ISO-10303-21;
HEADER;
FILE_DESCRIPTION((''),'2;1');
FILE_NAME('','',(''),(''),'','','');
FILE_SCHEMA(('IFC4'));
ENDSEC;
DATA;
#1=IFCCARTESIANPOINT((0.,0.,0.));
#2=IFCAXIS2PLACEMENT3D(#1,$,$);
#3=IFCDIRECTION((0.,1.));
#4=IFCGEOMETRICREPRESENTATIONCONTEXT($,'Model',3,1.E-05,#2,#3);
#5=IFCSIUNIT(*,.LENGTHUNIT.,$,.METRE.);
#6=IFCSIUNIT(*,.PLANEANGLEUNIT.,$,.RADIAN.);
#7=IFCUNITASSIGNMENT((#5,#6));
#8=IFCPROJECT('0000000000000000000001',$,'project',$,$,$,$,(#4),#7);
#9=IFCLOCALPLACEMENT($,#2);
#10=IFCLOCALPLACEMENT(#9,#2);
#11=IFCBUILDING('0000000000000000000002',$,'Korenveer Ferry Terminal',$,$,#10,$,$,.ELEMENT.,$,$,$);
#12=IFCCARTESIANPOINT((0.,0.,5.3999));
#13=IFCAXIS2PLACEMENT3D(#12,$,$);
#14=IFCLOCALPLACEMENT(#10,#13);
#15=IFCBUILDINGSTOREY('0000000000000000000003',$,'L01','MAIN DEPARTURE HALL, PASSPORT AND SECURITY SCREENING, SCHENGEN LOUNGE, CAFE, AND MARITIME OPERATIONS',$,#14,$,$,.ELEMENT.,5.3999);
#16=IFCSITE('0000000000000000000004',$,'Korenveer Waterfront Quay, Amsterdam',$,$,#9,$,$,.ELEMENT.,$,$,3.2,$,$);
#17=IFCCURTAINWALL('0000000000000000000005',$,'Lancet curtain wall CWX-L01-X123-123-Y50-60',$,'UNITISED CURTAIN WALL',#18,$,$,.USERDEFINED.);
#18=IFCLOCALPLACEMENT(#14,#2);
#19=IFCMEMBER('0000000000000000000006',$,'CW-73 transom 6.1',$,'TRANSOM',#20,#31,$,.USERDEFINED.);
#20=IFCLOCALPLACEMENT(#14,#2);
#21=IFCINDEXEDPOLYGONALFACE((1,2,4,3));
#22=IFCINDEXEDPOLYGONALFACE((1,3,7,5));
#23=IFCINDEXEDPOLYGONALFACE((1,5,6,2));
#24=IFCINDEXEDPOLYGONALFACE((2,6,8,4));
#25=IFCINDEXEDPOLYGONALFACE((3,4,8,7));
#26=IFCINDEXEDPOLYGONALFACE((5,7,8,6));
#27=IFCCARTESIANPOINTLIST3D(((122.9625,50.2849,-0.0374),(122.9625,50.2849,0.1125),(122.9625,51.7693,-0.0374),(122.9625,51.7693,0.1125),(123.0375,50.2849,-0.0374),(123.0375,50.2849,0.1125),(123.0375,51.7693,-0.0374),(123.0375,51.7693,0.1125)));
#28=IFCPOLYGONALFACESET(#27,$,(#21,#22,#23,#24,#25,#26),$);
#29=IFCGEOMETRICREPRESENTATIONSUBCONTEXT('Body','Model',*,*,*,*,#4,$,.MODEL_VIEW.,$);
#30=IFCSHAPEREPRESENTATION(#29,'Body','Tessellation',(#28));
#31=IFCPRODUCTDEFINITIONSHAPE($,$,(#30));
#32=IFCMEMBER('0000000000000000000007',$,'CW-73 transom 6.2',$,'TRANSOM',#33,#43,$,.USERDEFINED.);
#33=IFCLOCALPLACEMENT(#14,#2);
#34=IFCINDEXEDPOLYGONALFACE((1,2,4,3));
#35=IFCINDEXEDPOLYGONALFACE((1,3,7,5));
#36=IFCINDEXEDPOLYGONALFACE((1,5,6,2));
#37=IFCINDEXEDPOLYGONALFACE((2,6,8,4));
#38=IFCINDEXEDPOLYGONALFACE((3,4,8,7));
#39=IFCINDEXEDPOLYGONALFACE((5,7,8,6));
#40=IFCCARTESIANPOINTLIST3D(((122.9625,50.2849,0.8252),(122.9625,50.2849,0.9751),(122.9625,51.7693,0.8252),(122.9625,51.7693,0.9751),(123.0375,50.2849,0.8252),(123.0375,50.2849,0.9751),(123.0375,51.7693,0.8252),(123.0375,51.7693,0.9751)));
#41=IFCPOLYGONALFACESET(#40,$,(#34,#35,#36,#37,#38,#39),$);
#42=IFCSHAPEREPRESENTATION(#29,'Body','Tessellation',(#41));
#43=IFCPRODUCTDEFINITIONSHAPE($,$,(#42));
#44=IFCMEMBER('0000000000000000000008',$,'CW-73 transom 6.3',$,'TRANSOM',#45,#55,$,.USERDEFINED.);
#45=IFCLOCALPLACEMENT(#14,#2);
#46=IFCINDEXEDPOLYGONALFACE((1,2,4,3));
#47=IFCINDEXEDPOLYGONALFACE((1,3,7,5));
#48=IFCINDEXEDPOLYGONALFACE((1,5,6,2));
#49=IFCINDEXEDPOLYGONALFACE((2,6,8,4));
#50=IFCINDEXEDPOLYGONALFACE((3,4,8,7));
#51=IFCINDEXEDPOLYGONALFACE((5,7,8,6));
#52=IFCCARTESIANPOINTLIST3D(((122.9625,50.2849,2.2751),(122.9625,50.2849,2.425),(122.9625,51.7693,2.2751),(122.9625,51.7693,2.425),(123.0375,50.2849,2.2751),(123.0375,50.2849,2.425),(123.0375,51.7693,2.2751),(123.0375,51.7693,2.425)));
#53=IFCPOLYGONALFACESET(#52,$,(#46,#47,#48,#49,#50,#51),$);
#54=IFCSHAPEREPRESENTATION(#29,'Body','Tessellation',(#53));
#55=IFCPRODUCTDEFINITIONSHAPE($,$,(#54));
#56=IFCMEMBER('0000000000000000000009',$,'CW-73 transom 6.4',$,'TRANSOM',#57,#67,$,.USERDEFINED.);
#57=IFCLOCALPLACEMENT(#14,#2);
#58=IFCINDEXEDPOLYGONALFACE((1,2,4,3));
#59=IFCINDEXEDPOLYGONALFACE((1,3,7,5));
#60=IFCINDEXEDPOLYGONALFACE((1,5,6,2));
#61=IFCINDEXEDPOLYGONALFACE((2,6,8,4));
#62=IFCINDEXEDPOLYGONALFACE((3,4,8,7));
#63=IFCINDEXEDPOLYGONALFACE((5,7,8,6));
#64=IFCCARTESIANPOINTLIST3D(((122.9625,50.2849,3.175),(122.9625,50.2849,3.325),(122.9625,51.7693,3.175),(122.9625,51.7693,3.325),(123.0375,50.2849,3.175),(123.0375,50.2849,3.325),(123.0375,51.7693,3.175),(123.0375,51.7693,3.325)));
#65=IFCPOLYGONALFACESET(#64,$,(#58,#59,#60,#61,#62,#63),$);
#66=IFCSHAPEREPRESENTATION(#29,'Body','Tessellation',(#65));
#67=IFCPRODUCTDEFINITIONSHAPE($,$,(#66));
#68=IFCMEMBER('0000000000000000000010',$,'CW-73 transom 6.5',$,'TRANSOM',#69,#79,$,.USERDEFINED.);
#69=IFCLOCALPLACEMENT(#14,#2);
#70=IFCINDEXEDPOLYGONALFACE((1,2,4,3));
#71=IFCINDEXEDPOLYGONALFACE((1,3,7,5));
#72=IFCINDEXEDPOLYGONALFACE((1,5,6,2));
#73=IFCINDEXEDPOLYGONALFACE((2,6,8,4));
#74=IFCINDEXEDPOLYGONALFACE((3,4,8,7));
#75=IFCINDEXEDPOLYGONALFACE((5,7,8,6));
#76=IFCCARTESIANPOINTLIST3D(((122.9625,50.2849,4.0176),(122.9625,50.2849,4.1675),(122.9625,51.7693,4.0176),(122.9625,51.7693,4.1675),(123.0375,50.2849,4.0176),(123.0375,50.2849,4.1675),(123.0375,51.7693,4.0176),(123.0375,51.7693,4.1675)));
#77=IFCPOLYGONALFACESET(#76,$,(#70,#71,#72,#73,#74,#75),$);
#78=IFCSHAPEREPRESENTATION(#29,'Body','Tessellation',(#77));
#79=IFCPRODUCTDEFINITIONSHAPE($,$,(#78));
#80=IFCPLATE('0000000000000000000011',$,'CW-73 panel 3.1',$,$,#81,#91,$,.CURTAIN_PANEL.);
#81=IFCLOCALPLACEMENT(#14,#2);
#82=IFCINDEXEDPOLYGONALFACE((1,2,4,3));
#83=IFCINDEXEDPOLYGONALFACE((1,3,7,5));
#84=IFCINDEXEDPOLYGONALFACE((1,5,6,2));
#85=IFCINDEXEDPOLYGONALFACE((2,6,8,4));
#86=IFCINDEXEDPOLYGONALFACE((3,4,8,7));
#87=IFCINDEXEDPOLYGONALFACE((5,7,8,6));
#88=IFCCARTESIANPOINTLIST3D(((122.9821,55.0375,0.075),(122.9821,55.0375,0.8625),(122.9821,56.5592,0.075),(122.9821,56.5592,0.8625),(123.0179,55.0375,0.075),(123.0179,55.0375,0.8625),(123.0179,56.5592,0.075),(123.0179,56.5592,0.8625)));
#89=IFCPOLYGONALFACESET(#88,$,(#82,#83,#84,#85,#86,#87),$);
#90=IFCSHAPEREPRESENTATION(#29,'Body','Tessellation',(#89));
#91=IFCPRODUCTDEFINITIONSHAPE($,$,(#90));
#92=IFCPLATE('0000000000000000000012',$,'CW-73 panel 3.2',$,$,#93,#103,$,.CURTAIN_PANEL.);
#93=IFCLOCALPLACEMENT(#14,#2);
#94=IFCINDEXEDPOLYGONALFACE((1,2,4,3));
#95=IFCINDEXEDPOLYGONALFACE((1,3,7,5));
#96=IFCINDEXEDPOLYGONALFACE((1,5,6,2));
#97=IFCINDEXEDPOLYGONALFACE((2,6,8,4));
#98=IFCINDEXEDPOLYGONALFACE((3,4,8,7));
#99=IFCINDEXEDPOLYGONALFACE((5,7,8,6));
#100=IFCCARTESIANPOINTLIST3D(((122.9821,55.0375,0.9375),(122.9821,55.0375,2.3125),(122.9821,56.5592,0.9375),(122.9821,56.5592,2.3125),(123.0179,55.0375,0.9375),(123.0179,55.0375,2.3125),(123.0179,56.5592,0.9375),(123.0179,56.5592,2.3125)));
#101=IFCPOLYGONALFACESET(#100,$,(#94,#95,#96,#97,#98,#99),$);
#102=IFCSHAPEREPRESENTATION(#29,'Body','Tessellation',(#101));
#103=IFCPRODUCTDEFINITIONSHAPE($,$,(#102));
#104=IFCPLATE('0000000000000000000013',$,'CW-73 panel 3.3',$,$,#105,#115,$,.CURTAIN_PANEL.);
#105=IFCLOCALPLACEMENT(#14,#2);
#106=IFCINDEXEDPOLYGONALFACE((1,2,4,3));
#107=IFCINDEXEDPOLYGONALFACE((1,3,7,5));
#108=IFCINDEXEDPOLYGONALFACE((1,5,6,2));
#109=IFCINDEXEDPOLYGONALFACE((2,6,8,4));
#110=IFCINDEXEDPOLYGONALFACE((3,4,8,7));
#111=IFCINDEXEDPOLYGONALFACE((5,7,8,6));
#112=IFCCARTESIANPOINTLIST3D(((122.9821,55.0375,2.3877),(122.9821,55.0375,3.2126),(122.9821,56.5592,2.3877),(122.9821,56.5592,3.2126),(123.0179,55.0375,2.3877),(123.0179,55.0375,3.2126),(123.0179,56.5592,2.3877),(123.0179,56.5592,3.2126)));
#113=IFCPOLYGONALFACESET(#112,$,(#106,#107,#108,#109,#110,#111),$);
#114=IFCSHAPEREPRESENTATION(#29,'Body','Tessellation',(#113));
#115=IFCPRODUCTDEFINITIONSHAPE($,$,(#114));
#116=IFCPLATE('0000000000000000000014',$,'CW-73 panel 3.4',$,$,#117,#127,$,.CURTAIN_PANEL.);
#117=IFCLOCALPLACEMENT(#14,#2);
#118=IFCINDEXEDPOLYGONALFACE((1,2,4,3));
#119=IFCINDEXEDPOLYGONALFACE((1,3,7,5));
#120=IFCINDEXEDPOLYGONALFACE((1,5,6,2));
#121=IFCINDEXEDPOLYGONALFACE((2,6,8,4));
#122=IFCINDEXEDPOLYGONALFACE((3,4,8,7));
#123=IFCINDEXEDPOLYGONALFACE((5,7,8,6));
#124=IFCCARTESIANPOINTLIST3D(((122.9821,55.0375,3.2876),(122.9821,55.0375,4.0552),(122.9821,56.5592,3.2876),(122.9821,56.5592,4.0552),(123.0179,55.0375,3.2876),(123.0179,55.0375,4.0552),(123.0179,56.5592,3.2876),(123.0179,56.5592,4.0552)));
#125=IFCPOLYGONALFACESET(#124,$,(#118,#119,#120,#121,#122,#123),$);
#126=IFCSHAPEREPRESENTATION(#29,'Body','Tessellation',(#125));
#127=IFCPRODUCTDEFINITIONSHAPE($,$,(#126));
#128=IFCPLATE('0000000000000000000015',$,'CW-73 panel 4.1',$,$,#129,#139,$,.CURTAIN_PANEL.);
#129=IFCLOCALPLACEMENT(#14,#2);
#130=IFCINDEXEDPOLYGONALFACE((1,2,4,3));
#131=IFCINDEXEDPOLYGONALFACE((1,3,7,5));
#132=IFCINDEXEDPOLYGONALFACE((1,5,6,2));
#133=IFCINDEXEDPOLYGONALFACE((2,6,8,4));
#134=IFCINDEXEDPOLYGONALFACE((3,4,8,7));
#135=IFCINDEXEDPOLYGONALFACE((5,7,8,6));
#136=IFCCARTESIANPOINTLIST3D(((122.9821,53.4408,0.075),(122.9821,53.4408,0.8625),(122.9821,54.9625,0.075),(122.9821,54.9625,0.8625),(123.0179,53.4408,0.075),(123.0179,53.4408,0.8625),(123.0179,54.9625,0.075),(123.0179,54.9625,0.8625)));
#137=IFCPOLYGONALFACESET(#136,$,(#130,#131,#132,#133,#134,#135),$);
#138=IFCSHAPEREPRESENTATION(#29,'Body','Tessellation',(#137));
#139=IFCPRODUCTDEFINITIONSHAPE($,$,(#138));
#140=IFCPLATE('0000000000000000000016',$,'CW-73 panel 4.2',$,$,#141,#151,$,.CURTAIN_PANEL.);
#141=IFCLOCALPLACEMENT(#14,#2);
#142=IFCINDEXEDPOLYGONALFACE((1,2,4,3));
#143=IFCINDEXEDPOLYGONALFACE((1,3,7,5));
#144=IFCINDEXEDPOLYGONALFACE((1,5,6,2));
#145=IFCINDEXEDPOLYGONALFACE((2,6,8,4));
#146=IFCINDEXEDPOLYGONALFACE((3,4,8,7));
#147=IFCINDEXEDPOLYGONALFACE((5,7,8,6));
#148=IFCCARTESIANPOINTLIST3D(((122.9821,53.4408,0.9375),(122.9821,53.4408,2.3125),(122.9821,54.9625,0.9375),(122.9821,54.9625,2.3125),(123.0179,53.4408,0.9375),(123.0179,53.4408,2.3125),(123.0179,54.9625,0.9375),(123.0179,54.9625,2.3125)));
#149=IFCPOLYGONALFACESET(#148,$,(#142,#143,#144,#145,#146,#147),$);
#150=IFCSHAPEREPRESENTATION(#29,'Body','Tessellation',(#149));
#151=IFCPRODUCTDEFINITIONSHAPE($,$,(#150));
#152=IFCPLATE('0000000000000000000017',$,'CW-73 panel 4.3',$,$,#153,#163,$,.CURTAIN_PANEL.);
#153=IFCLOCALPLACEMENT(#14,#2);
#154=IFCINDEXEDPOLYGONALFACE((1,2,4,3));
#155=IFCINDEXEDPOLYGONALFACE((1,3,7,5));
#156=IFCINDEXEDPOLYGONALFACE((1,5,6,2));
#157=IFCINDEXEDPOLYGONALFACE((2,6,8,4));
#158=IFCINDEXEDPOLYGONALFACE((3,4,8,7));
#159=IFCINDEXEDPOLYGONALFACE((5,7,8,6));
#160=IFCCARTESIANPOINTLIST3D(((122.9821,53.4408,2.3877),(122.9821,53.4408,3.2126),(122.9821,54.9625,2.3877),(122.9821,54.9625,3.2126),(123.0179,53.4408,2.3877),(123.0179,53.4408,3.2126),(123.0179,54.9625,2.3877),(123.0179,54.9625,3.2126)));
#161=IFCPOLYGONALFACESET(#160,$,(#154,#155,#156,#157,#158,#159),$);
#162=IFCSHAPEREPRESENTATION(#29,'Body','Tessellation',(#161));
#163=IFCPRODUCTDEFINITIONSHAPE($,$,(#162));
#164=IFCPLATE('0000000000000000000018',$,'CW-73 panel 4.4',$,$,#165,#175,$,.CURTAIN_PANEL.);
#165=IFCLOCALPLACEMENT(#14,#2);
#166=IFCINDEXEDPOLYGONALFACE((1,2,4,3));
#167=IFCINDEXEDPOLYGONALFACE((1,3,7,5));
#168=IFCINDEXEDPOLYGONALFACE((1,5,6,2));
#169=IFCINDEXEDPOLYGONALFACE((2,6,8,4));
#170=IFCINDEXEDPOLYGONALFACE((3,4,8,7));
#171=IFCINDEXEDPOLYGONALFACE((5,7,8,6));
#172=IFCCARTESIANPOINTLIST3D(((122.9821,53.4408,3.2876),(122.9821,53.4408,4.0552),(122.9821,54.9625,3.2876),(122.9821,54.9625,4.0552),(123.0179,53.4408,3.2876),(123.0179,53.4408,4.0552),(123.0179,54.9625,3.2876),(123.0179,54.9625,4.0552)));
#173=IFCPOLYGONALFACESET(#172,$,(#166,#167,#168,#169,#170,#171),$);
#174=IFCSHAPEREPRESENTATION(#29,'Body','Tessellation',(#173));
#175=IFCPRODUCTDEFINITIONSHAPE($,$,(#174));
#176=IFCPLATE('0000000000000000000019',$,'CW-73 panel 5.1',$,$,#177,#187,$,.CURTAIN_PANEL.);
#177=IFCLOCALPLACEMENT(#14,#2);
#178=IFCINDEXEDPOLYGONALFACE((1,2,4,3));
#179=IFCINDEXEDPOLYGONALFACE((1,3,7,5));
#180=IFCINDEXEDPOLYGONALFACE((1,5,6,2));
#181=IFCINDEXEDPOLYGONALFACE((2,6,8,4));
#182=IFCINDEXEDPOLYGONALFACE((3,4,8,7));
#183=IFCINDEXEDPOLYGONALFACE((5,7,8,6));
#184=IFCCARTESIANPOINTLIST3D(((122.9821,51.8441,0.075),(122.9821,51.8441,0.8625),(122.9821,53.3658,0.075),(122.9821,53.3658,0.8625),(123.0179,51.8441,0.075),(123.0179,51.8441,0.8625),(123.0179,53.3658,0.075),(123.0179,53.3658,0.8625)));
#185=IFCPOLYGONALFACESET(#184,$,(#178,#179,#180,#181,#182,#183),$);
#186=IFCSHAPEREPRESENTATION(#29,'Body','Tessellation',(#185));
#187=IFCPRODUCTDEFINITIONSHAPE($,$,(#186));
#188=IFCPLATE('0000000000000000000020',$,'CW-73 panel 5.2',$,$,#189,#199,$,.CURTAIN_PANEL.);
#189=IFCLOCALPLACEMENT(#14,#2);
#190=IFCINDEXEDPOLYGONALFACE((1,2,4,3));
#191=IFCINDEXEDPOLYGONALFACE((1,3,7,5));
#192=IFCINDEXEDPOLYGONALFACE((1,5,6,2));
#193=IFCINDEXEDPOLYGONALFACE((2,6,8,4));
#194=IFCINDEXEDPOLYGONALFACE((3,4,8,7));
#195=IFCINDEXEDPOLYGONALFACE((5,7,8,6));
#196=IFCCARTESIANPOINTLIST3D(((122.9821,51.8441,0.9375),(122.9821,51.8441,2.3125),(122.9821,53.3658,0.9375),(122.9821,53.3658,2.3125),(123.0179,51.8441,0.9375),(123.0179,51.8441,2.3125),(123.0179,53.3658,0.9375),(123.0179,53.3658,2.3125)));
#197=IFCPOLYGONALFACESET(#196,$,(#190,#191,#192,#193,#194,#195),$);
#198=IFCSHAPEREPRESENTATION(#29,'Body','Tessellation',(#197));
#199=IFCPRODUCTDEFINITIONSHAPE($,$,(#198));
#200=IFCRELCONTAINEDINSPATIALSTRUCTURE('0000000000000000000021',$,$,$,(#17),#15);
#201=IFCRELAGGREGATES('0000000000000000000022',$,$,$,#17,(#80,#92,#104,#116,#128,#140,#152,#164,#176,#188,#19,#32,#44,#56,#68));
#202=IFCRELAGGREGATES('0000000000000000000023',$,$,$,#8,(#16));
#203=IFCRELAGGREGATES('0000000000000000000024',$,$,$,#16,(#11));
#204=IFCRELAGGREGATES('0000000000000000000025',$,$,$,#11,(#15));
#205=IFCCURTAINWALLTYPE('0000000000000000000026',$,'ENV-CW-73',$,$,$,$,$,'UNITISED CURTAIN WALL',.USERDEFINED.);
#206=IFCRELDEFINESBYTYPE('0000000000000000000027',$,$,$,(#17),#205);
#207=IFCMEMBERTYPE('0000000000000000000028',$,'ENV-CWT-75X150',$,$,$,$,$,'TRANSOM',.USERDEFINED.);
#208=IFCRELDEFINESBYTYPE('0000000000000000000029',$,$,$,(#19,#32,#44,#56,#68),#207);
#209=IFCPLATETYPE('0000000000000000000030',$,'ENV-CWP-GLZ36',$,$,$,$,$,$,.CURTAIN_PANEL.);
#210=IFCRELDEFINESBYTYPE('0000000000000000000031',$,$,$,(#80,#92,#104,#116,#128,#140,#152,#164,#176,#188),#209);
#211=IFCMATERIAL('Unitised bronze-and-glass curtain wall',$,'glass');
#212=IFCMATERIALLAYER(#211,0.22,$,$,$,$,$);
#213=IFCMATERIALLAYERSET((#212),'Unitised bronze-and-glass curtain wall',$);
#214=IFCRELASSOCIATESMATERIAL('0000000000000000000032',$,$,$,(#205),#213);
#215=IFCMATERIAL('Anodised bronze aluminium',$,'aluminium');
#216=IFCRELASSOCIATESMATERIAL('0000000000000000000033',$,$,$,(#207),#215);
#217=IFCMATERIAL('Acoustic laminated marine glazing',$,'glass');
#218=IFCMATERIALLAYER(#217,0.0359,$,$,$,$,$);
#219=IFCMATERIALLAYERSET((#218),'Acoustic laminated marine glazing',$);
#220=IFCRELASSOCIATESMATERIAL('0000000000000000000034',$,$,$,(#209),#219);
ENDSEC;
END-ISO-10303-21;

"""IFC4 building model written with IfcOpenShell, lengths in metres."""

from ifc_helpers import new_model, si_unit, direction, frame, origin, origin_2d, place, context, subcontext, project, spatial, rectangle, extrude, material, layer, layer_set, material_profile, profile_set, type_object, element, aggregate, save


model = new_model("IFC4")

# Units and contexts
model_context = context("Model", 3, precision=1e-05, world=origin(), true_north=direction((0.0, 1.0)))
body_context = subcontext(model_context, "Body", "Model", "MODEL_VIEW")
ifc_project = project(units=[si_unit("LENGTHUNIT", "METRE"), si_unit("PLANEANGLEUNIT", "RADIAN")], contexts=[model_context])

# Site, building, storey
site_placement = place(None, origin())
site = spatial("IfcSite", under=ifc_project, at=site_placement, Name="Korenveer Waterfront Quay, Amsterdam", CompositionType="ELEMENT", RefElevation=3.2)
building_placement = place(site_placement, origin())
building = spatial("IfcBuilding", under=site, at=building_placement, Name="Korenveer Ferry Terminal", CompositionType="ELEMENT")
storey_placement = place(building_placement, frame((0.0, 0.0, 5.3999)))
storey = spatial("IfcBuildingStorey", under=building, at=storey_placement, Name="L01", Description="MAIN DEPARTURE HALL, PASSPORT AND SECURITY SCREENING, SCHENGEN LOUNGE, CAFE, AND MARITIME OPERATIONS", CompositionType="ELEMENT", Elevation=5.3999)

# Curtain wall, members, plates
ifc_material_1 = material(Name="Unitised bronze-and-glass curtain wall", Category="glass")
ifc_layer_1 = layer(ifc_material_1, 0.22)
ifc_layer_set_1 = layer_set([ifc_layer_1], Name="Unitised bronze-and-glass curtain wall")
curtain_wall_type = type_object("IfcCurtainWallType", Name="ENV-CW-73", ElementType="UNITISED CURTAIN WALL", PredefinedType="USERDEFINED", material=ifc_layer_set_1)
curtain_wall_placement = place(storey_placement, frame((123.0, 59.79, 0.0)))
curtain_wall = element("IfcCurtainWall", 1, at=curtain_wall_placement, inside=storey, type_object=curtain_wall_type, Name="Lancet curtain wall CWX-L01-X123-123-Y50-60", ObjectType="UNITISED CURTAIN WALL", PredefinedType="USERDEFINED")
ifc_material_2 = material(Name="Anodised bronze aluminium", Category="aluminium")
ifc_material_profile_1 = material_profile(ifc_material_2, rectangle(XDim=0.075, YDim=0.1499, at=origin_2d()), Name="ALU 75x150")
ifc_profile_set_1 = profile_set([ifc_material_profile_1], Name="Anodised bronze aluminium")
member_type_1 = type_object("IfcMemberType", Name="ENV-CWT-75X150", ElementType="TRANSOM", PredefinedType="USERDEFINED", material=ifc_profile_set_1)
member_1_placement = place(storey_placement, frame((123.0, 51.7693, 0.0376), z_axis=(0.0, -1.0, 0.0), x_axis=(1.0, 0.0, 0.0)))
member_1 = element("IfcMember", 2, at=member_1_placement, type_object=member_type_1, Name="CW-73 transom 6.1", ObjectType="TRANSOM", PredefinedType="USERDEFINED", context=body_context, shape_type="SweptSolid", body=[
    extrude(rectangle(XDim=0.075, YDim=0.1499, at=origin_2d()), origin(), (0.0, 0.0, 1.0), 1.4844),
])
member_2_placement = place(storey_placement, frame((123.0, 51.7693, 0.9001), z_axis=(0.0, -1.0, 0.0), x_axis=(1.0, 0.0, 0.0)))
member_2 = element("IfcMember", 3, at=member_2_placement, type_object=member_type_1, Name="CW-73 transom 6.2", ObjectType="TRANSOM", PredefinedType="USERDEFINED", context=body_context, shape_type="SweptSolid", body=[
    extrude(rectangle(XDim=0.075, YDim=0.1499, at=origin_2d()), origin(), (0.0, 0.0, 1.0), 1.4844),
])
member_3_placement = place(storey_placement, frame((123.0, 51.7693, 2.3501), z_axis=(0.0, -1.0, 0.0), x_axis=(1.0, 0.0, 0.0)))
member_3 = element("IfcMember", 4, at=member_3_placement, type_object=member_type_1, Name="CW-73 transom 6.3", ObjectType="TRANSOM", PredefinedType="USERDEFINED", context=body_context, shape_type="SweptSolid", body=[
    extrude(rectangle(XDim=0.075, YDim=0.1499, at=origin_2d()), origin(), (0.0, 0.0, 1.0), 1.4844),
])
member_4_placement = place(storey_placement, frame((123.0, 51.7693, 3.25), z_axis=(0.0, -1.0, 0.0), x_axis=(1.0, 0.0, 0.0)))
member_4 = element("IfcMember", 5, at=member_4_placement, type_object=member_type_1, Name="CW-73 transom 6.4", ObjectType="TRANSOM", PredefinedType="USERDEFINED", context=body_context, shape_type="SweptSolid", body=[
    extrude(rectangle(XDim=0.075, YDim=0.1499, at=origin_2d()), origin(), (0.0, 0.0, 1.0), 1.4844),
])
member_5_placement = place(storey_placement, frame((123.0, 51.7693, 4.0925), z_axis=(0.0, -1.0, 0.0), x_axis=(1.0, 0.0, 0.0)))
member_5 = element("IfcMember", 6, at=member_5_placement, type_object=member_type_1, Name="CW-73 transom 6.5", ObjectType="TRANSOM", PredefinedType="USERDEFINED", context=body_context, shape_type="SweptSolid", body=[
    extrude(rectangle(XDim=0.075, YDim=0.1499, at=origin_2d()), origin(), (0.0, 0.0, 1.0), 1.4844),
])
ifc_material_3 = material(Name="Acoustic laminated marine glazing", Category="glass")
ifc_layer_2 = layer(ifc_material_3, 0.0359)
ifc_layer_set_2 = layer_set([ifc_layer_2], Name="Acoustic laminated marine glazing")
plate_type = type_object("IfcPlateType", Name="ENV-CWP-GLZ36", PredefinedType="CURTAIN_PANEL", material=ifc_layer_set_2)
plate_1_placement = place(storey_placement, frame((123.0, 55.7983, 0.075), z_axis=(0.0, 0.0, 1.0), x_axis=(0.0, -1.0, 0.0)))
plate_1 = element("IfcPlate", 7, at=plate_1_placement, type_object=plate_type, Name="CW-73 panel 3.1", PredefinedType="CURTAIN_PANEL", context=body_context, shape_type="SweptSolid", body=[
    extrude(rectangle(XDim=1.5217, YDim=0.0359, at=origin_2d()), origin(), (0.0, 0.0, 1.0), 0.7876),
])
plate_2_placement = place(storey_placement, frame((123.0, 55.7983, 0.9375), z_axis=(0.0, 0.0, 1.0), x_axis=(0.0, -1.0, 0.0)))
plate_2 = element("IfcPlate", 8, at=plate_2_placement, type_object=plate_type, Name="CW-73 panel 3.2", PredefinedType="CURTAIN_PANEL", context=body_context, shape_type="SweptSolid", body=[
    extrude(rectangle(XDim=1.5217, YDim=0.0359, at=origin_2d()), origin(), (0.0, 0.0, 1.0), 1.375),
])
plate_3_placement = place(storey_placement, frame((123.0, 55.7983, 2.3877), z_axis=(0.0, 0.0, 1.0), x_axis=(0.0, -1.0, 0.0)))
plate_3 = element("IfcPlate", 9, at=plate_3_placement, type_object=plate_type, Name="CW-73 panel 3.3", PredefinedType="CURTAIN_PANEL", context=body_context, shape_type="SweptSolid", body=[
    extrude(rectangle(XDim=1.5217, YDim=0.0359, at=origin_2d()), origin(), (0.0, 0.0, 1.0), 0.825),
])
plate_4_placement = place(storey_placement, frame((123.0, 55.7983, 3.2876), z_axis=(0.0, 0.0, 1.0), x_axis=(0.0, -1.0, 0.0)))
plate_4 = element("IfcPlate", 10, at=plate_4_placement, type_object=plate_type, Name="CW-73 panel 3.4", PredefinedType="CURTAIN_PANEL", context=body_context, shape_type="SweptSolid", body=[
    extrude(rectangle(XDim=1.5217, YDim=0.0359, at=origin_2d()), origin(), (0.0, 0.0, 1.0), 0.7676),
])
plate_5_placement = place(storey_placement, frame((123.0, 54.2017, 0.075), z_axis=(0.0, 0.0, 1.0), x_axis=(0.0, -1.0, 0.0)))
plate_5 = element("IfcPlate", 11, at=plate_5_placement, type_object=plate_type, Name="CW-73 panel 4.1", PredefinedType="CURTAIN_PANEL", context=body_context, shape_type="SweptSolid", body=[
    extrude(rectangle(XDim=1.5217, YDim=0.0359, at=origin_2d()), origin(), (0.0, 0.0, 1.0), 0.7876),
])
plate_6_placement = place(storey_placement, frame((123.0, 54.2017, 0.9375), z_axis=(0.0, 0.0, 1.0), x_axis=(0.0, -1.0, 0.0)))
plate_6 = element("IfcPlate", 12, at=plate_6_placement, type_object=plate_type, Name="CW-73 panel 4.2", PredefinedType="CURTAIN_PANEL", context=body_context, shape_type="SweptSolid", body=[
    extrude(rectangle(XDim=1.5217, YDim=0.0359, at=origin_2d()), origin(), (0.0, 0.0, 1.0), 1.375),
])
plate_7_placement = place(storey_placement, frame((123.0, 54.2017, 2.3877), z_axis=(0.0, 0.0, 1.0), x_axis=(0.0, -1.0, 0.0)))
plate_7 = element("IfcPlate", 13, at=plate_7_placement, type_object=plate_type, Name="CW-73 panel 4.3", PredefinedType="CURTAIN_PANEL", context=body_context, shape_type="SweptSolid", body=[
    extrude(rectangle(XDim=1.5217, YDim=0.0359, at=origin_2d()), origin(), (0.0, 0.0, 1.0), 0.825),
])
plate_8_placement = place(storey_placement, frame((123.0, 54.2017, 3.2876), z_axis=(0.0, 0.0, 1.0), x_axis=(0.0, -1.0, 0.0)))
plate_8 = element("IfcPlate", 14, at=plate_8_placement, type_object=plate_type, Name="CW-73 panel 4.4", PredefinedType="CURTAIN_PANEL", context=body_context, shape_type="SweptSolid", body=[
    extrude(rectangle(XDim=1.5217, YDim=0.0359, at=origin_2d()), origin(), (0.0, 0.0, 1.0), 0.7676),
])
plate_9_placement = place(storey_placement, frame((123.0, 52.605, 0.075), z_axis=(0.0, 0.0, 1.0), x_axis=(0.0, -1.0, 0.0)))
plate_9 = element("IfcPlate", 15, at=plate_9_placement, type_object=plate_type, Name="CW-73 panel 5.1", PredefinedType="CURTAIN_PANEL", context=body_context, shape_type="SweptSolid", body=[
    extrude(rectangle(XDim=1.5217, YDim=0.0359, at=origin_2d()), origin(), (0.0, 0.0, 1.0), 0.7876),
])
plate_10_placement = place(storey_placement, frame((123.0, 52.605, 0.9375), z_axis=(0.0, 0.0, 1.0), x_axis=(0.0, -1.0, 0.0)))
plate_10 = element("IfcPlate", 16, at=plate_10_placement, type_object=plate_type, Name="CW-73 panel 5.2", PredefinedType="CURTAIN_PANEL", context=body_context, shape_type="SweptSolid", body=[
    extrude(rectangle(XDim=1.5217, YDim=0.0359, at=origin_2d()), origin(), (0.0, 0.0, 1.0), 1.375),
])
aggregate(curtain_wall, [plate_1, plate_2, plate_3, plate_4, plate_5, plate_6, plate_7, plate_8, plate_9, plate_10, member_1, member_2, member_3, member_4, member_5])

save(model, "model.ifc")
